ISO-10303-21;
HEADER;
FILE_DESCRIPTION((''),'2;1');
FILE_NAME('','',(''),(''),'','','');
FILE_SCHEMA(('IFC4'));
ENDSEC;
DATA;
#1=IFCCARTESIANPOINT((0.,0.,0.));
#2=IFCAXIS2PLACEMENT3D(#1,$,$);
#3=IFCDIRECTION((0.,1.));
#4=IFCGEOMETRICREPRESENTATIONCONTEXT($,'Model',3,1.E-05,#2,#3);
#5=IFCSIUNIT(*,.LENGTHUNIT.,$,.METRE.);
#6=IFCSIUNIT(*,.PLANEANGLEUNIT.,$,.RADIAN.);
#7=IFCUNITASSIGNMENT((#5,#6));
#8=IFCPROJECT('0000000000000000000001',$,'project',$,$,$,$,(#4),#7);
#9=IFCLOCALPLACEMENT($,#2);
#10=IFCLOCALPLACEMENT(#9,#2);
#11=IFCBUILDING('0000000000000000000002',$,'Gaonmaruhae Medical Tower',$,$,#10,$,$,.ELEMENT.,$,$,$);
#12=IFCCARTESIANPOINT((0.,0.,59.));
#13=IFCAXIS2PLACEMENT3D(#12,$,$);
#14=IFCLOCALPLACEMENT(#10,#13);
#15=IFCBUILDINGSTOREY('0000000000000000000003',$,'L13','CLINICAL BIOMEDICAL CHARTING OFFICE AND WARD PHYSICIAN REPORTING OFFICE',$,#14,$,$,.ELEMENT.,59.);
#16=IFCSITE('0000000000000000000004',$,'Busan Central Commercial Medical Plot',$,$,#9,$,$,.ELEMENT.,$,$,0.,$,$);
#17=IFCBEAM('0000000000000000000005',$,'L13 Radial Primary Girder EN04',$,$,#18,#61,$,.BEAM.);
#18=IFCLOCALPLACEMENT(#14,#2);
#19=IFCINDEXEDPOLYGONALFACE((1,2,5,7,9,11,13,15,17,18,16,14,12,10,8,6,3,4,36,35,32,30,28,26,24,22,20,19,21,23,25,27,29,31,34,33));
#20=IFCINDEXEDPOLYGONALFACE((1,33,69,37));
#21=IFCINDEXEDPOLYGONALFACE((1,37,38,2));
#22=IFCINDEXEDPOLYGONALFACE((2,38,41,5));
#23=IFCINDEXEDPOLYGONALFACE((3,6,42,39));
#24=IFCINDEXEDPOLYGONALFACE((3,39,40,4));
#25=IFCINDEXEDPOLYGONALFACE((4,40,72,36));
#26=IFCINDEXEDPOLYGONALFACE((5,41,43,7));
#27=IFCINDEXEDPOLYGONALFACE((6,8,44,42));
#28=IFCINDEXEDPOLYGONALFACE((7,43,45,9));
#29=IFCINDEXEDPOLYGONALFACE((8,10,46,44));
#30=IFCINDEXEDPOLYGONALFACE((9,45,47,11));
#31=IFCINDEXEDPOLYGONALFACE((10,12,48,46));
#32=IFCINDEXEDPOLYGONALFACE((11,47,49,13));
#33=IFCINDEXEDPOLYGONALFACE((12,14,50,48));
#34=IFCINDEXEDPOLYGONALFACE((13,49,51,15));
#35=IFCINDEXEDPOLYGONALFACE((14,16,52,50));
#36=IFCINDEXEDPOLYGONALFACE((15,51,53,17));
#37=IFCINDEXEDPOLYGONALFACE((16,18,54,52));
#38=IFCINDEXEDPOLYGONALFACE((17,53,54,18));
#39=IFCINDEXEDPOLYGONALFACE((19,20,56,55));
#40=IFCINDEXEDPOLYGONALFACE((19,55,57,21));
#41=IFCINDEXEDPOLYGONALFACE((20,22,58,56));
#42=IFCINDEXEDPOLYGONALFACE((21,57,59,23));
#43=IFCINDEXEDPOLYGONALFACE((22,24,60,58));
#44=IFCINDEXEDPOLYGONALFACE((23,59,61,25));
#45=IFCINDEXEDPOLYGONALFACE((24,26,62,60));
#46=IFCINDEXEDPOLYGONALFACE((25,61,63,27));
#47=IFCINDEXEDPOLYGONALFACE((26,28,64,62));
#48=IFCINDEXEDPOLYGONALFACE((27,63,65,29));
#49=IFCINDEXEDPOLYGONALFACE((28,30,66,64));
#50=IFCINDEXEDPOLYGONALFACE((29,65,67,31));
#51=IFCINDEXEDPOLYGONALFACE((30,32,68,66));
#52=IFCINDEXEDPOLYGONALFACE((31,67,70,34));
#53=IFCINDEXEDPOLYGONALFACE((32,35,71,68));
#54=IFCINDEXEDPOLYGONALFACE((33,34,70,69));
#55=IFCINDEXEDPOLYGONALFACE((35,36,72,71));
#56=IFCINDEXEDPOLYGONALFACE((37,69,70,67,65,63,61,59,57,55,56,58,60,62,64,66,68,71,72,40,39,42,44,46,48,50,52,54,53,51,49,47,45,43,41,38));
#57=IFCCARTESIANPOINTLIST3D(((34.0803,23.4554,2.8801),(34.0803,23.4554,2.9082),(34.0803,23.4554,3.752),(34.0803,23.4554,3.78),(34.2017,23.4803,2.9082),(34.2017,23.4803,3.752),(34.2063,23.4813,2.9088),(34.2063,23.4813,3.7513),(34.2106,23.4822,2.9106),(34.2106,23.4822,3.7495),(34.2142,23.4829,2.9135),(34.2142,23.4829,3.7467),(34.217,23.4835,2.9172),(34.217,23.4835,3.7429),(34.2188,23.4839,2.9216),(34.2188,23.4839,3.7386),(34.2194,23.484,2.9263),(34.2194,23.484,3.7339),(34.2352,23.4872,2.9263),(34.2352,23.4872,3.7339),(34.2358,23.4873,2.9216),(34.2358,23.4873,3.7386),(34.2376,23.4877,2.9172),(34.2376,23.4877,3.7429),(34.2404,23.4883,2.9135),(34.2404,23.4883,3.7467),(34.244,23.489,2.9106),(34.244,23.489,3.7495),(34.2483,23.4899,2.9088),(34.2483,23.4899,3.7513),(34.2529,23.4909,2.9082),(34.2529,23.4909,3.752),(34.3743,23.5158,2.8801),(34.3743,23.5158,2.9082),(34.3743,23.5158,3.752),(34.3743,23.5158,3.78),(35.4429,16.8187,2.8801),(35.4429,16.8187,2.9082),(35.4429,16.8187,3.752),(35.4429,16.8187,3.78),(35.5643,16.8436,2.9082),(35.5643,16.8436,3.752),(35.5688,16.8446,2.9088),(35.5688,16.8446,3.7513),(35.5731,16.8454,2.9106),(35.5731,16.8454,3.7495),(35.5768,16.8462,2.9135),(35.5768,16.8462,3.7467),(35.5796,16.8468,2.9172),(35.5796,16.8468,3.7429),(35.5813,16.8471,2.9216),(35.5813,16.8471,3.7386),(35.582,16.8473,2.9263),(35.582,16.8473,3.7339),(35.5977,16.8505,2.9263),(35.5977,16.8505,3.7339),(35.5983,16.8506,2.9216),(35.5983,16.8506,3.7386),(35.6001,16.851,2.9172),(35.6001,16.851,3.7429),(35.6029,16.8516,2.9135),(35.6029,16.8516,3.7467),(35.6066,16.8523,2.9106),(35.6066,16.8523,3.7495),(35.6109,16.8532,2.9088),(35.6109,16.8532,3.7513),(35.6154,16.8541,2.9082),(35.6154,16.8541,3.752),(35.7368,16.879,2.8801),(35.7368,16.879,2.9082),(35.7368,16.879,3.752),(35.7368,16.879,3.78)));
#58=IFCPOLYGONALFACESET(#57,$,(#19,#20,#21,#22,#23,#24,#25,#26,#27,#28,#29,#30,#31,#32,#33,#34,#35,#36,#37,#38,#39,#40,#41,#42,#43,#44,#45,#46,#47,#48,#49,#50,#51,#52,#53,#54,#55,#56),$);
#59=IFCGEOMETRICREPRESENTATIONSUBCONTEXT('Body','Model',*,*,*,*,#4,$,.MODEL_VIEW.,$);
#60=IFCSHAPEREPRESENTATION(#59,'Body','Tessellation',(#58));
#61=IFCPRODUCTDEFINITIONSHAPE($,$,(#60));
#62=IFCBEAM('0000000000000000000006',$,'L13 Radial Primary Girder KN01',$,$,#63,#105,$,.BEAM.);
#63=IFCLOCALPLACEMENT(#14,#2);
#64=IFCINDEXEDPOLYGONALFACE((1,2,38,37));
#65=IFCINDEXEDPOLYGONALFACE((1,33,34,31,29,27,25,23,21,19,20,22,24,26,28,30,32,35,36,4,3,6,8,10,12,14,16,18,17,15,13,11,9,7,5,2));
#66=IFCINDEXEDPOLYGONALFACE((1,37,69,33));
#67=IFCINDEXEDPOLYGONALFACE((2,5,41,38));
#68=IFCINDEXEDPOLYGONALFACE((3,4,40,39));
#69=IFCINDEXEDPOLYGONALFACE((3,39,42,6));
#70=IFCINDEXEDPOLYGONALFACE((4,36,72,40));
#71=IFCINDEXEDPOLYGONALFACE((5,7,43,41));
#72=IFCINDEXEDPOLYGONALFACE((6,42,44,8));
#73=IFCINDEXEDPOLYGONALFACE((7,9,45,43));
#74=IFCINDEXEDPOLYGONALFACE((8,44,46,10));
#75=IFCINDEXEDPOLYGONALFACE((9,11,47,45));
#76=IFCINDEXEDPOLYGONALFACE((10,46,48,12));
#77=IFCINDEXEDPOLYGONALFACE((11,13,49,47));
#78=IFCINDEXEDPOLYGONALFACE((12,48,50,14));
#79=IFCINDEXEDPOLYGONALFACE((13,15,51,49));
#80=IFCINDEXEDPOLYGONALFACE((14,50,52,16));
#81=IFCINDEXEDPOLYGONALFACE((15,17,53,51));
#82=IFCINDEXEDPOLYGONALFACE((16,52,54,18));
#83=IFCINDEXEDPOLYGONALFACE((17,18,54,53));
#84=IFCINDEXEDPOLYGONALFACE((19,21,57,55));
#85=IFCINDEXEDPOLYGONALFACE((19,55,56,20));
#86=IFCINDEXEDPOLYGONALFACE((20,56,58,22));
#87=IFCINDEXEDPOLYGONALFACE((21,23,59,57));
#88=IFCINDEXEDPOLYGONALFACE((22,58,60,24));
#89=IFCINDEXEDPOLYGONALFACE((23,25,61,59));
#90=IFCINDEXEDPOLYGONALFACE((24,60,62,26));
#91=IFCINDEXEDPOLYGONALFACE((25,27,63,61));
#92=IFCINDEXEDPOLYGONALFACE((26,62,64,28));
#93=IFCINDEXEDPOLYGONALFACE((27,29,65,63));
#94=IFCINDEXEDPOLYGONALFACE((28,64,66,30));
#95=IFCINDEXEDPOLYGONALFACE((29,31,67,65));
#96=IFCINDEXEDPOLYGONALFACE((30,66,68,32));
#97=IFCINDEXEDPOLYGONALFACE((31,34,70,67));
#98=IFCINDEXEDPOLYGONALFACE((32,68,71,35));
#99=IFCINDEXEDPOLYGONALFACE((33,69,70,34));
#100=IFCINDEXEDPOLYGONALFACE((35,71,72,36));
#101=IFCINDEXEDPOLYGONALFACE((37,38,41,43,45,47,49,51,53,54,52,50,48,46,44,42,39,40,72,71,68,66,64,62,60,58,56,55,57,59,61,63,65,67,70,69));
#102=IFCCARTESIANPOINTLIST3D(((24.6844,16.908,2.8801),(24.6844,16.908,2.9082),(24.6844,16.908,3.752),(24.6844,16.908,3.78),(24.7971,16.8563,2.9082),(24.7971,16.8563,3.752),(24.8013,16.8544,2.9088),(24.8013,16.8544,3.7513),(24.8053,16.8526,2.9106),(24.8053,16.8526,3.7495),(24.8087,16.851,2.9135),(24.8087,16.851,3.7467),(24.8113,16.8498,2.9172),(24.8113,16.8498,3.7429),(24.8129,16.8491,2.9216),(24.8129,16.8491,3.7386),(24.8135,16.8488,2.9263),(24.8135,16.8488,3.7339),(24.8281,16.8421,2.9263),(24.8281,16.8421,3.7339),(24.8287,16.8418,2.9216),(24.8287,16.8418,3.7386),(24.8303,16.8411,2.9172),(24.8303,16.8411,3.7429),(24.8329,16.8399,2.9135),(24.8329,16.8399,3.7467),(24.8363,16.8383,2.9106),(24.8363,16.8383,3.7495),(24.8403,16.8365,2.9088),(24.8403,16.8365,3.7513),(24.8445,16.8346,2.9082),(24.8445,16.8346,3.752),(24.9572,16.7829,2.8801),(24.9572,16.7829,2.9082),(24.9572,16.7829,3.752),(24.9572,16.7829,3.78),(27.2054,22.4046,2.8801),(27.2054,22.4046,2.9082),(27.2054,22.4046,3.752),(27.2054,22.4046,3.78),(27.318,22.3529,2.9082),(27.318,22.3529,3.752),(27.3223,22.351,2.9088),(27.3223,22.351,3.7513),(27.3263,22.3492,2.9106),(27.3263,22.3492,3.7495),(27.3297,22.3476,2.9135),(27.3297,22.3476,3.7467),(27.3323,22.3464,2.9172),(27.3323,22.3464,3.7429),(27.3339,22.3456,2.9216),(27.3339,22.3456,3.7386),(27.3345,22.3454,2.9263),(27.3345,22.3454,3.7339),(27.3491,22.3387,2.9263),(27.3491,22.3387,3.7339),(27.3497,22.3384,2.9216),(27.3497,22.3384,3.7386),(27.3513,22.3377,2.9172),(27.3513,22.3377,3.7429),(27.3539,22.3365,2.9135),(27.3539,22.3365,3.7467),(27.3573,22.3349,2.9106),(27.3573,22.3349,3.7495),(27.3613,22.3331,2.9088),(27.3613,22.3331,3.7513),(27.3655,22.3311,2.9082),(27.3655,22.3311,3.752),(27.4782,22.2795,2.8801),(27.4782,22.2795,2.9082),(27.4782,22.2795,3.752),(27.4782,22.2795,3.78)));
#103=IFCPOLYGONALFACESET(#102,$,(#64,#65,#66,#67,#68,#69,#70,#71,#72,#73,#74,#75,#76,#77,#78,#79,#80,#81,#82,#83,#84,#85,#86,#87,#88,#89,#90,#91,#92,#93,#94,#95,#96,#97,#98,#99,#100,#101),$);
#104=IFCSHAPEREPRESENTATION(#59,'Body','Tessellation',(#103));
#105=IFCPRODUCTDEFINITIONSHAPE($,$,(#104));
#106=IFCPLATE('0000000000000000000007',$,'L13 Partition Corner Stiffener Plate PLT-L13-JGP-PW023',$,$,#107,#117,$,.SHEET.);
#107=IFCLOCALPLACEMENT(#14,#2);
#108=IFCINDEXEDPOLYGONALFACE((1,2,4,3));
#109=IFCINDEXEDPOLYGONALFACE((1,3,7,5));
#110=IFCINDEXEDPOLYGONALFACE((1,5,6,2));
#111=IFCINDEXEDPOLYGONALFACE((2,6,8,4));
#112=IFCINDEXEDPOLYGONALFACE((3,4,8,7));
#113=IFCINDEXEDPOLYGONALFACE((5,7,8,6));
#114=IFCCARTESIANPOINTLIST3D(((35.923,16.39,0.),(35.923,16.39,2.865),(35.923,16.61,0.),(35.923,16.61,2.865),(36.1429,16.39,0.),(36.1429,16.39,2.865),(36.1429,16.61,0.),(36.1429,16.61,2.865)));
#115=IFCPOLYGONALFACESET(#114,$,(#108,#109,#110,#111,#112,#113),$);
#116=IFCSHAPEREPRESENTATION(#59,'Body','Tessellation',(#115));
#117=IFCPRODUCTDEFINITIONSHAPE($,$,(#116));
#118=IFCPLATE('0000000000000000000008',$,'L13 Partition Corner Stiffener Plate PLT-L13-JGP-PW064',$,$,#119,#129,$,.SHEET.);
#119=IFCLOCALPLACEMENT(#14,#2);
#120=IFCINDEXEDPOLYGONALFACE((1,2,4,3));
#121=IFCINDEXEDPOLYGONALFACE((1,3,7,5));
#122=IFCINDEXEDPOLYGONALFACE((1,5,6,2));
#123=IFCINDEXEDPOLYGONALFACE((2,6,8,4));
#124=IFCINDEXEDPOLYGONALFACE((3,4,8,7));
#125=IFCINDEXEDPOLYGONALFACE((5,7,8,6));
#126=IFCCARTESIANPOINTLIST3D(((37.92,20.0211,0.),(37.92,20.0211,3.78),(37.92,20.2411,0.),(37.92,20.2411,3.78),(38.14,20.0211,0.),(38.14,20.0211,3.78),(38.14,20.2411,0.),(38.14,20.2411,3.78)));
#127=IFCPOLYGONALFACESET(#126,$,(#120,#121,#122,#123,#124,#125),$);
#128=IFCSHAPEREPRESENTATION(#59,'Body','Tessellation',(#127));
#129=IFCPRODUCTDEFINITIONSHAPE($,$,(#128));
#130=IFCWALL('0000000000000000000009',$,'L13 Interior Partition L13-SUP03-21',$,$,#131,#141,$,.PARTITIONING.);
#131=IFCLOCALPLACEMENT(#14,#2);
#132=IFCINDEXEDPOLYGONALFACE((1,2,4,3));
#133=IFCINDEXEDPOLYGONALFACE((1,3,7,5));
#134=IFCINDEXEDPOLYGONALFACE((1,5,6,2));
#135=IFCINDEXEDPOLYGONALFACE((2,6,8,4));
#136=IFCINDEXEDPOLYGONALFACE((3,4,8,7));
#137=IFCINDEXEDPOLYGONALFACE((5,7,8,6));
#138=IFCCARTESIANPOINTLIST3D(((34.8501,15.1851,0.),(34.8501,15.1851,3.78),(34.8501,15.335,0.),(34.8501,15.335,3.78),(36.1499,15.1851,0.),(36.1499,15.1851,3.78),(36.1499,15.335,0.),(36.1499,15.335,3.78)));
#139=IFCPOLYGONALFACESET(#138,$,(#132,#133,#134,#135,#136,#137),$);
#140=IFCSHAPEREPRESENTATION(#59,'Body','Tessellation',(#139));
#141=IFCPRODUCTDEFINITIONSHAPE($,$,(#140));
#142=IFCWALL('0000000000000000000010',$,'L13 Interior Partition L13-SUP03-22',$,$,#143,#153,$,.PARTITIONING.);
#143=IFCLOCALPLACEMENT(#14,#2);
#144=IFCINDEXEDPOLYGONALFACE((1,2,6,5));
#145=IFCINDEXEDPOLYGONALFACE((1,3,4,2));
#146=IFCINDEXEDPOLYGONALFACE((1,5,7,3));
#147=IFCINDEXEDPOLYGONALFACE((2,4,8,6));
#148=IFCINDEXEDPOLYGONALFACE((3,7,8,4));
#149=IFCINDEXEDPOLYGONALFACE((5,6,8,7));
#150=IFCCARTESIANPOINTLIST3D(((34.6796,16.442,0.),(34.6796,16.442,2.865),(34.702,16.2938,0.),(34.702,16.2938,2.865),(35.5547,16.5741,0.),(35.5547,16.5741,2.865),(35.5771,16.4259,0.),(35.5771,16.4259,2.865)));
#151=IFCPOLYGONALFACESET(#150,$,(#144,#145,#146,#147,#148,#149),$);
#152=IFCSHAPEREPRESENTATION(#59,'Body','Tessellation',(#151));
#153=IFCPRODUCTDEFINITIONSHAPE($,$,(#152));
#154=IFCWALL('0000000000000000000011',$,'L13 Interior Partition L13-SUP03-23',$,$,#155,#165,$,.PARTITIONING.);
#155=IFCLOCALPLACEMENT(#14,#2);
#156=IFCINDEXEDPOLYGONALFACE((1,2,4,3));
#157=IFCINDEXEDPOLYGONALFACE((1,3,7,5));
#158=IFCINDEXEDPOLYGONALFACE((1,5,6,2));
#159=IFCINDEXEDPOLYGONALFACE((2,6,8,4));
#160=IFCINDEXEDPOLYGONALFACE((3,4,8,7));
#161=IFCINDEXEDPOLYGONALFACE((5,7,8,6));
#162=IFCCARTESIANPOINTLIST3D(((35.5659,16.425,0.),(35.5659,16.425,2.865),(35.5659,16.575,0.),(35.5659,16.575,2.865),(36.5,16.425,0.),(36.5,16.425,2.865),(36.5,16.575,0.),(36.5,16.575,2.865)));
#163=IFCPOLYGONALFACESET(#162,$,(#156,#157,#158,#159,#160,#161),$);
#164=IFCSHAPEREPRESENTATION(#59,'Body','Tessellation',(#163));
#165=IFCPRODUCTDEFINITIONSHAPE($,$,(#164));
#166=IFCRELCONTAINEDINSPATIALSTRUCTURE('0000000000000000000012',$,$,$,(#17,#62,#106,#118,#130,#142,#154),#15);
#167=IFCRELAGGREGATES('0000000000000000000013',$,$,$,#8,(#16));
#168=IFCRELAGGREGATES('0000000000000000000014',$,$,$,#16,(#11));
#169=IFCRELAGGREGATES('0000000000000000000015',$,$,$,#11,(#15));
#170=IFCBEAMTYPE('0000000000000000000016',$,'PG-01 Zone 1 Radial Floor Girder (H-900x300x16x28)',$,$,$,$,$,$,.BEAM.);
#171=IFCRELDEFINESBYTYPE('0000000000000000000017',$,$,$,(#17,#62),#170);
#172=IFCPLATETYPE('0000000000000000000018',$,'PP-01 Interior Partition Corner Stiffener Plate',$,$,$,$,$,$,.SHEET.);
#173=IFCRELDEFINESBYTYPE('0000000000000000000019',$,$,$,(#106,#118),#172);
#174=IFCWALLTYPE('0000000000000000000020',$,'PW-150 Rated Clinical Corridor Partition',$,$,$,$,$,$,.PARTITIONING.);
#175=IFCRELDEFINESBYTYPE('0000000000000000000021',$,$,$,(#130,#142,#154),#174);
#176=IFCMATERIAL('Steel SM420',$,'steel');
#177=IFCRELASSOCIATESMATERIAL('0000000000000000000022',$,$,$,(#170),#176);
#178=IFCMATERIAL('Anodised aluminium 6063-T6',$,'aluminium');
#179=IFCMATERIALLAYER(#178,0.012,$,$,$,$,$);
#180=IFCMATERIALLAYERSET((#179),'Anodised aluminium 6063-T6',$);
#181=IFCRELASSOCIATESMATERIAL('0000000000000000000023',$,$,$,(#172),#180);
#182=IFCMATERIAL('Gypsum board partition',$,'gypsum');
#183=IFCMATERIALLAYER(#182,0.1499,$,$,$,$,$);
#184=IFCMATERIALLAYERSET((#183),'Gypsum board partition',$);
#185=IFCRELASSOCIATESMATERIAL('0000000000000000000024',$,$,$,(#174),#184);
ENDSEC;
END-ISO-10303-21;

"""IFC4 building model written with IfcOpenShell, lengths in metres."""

from ifc_helpers import new_model, si_unit, direction, frame, frame_2d, origin, origin_2d, place, context, subcontext, project, spatial, rectangle, i_section, extrude, material, layer, layer_set, material_profile, profile_set, type_object, element, save


model = new_model("IFC4")

# Units and contexts
model_context = context("Model", 3, precision=1e-05, world=origin(), true_north=direction((0.0, 1.0)))
body_context = subcontext(model_context, "Body", "Model", "MODEL_VIEW")
ifc_project = project(units=[si_unit("LENGTHUNIT", "METRE"), si_unit("PLANEANGLEUNIT", "RADIAN")], contexts=[model_context])

# Site, building, storey
site_placement = place(None, origin())
site = spatial("IfcSite", under=ifc_project, at=site_placement, Name="Busan Central Commercial Medical Plot", CompositionType="ELEMENT", RefElevation=0.0)
building_placement = place(site_placement, origin())
building = spatial("IfcBuilding", under=site, at=building_placement, Name="Gaonmaruhae Medical Tower", CompositionType="ELEMENT")
storey_placement = place(building_placement, frame((0.0, 0.0, 59.0)))
storey = spatial("IfcBuildingStorey", under=building, at=storey_placement, Name="L13", Description="CLINICAL BIOMEDICAL CHARTING OFFICE AND WARD PHYSICIAN REPORTING OFFICE", CompositionType="ELEMENT", Elevation=59.0)

# Beams
ifc_material_1 = material(Name="Steel SM420", Category="steel")
ifc_material_profile_1 = material_profile(ifc_material_1, i_section(OverallWidth=0.3, OverallDepth=0.8999, WebThickness=0.0161, FlangeThickness=0.0281, FilletRadius=0.0181, at=origin_2d()), Name="H-900x300x16x28")
ifc_profile_set_1 = profile_set([ifc_material_profile_1], Name="Steel SM420")
beam_type_1 = type_object("IfcBeamType", Name="PG-01 Zone 1 Radial Floor Girder (H-900x300x16x28)", PredefinedType="BEAM", material=ifc_profile_set_1)
beam_1_placement = place(storey_placement, frame((35.5898, 16.8489, 3.3301), z_axis=(-0.20111, 0.979569, 0.0), x_axis=(-0.979569, -0.20111, 0.0)))
element("IfcBeam", 1, at=beam_1_placement, inside=storey, type_object=beam_type_1, Name="L13 Radial Primary Girder EN04", PredefinedType="BEAM", context=body_context, shape_type="SweptSolid", body=[
    extrude(i_section(OverallWidth=0.3, OverallDepth=0.8999, WebThickness=0.0161, FlangeThickness=0.0281, FilletRadius=0.0181, at=origin_2d()), origin(), (0.0, 0.0, 1.0), 6.7751),
])
beam_2_placement = place(storey_placement, frame((24.8208, 16.8455, 3.3301), z_axis=(0.416891, 0.908956, 0.0), x_axis=(-0.908956, 0.416891, 0.0)))
element("IfcBeam", 2, at=beam_2_placement, inside=storey, type_object=beam_type_1, Name="L13 Radial Primary Girder KN01", PredefinedType="BEAM", context=body_context, shape_type="SweptSolid", body=[
    extrude(i_section(OverallWidth=0.3, OverallDepth=0.8999, WebThickness=0.0161, FlangeThickness=0.0281, FilletRadius=0.0181, at=origin_2d()), origin(), (0.0, 0.0, 1.0), 6.0471),
])

# Plates
ifc_material_2 = material(Name="Anodised aluminium 6063-T6", Category="aluminium")
ifc_layer_1 = layer(ifc_material_2, 0.012)
ifc_layer_set_1 = layer_set([ifc_layer_1], Name="Anodised aluminium 6063-T6")
plate_type = type_object("IfcPlateType", Name="PP-01 Interior Partition Corner Stiffener Plate", PredefinedType="SHEET", material=ifc_layer_set_1)
plate_1_placement = place(storey_placement, frame((36.033, 16.5, 0.0), z_axis=(0.0, 0.0, 1.0), x_axis=(1.0, 0.0, 0.0)))
element("IfcPlate", 3, at=plate_1_placement, inside=storey, type_object=plate_type, Name="L13 Partition Corner Stiffener Plate PLT-L13-JGP-PW023", PredefinedType="SHEET", context=body_context, shape_type="SweptSolid", body=[
    extrude(rectangle(XDim=0.22, YDim=0.22, at=origin_2d()), origin(), (0.0, 0.0, 1.0), 2.865),
])
plate_2_placement = place(storey_placement, frame((38.03, 20.1311, 0.0), z_axis=(0.0, 0.0, 1.0), x_axis=(0.0, 1.0, 0.0)))
element("IfcPlate", 4, at=plate_2_placement, inside=storey, type_object=plate_type, Name="L13 Partition Corner Stiffener Plate PLT-L13-JGP-PW064", PredefinedType="SHEET", context=body_context, shape_type="SweptSolid", body=[
    extrude(rectangle(XDim=0.22, YDim=0.22, at=origin_2d()), origin(), (0.0, 0.0, 1.0), 3.78),
])

# Walls
ifc_material_3 = material(Name="Gypsum board partition", Category="gypsum")
ifc_layer_2 = layer(ifc_material_3, 0.1499)
ifc_layer_set_2 = layer_set([ifc_layer_2], Name="Gypsum board partition")
wall_type_1 = type_object("IfcWallType", Name="PW-150 Rated Clinical Corridor Partition", PredefinedType="PARTITIONING", material=ifc_layer_set_2)
wall_1_placement = place(storey_placement, frame((36.1499, 15.26, 0.0), z_axis=(0.0, 0.0, 1.0), x_axis=(-1.0, 0.0, 0.0)))
element("IfcWall", 5, at=wall_1_placement, inside=storey, type_object=wall_type_1, Name="L13 Interior Partition L13-SUP03-21", PredefinedType="PARTITIONING", context=body_context, shape_type="SweptSolid", body=[
    extrude(rectangle(XDim=1.2998, YDim=0.1499, at=frame_2d((0.6499, 0.0))), origin(), (0.0, 0.0, 1.0), 3.78),
])
wall_2_placement = place(storey_placement, frame((34.6909, 16.3679, 0.0), z_axis=(0.0, 0.0, 1.0), x_axis=(0.988798, 0.149258, 0.0)))
element("IfcWall", 6, at=wall_2_placement, inside=storey, type_object=wall_type_1, Name="L13 Interior Partition L13-SUP03-22", PredefinedType="PARTITIONING", context=body_context, shape_type="SweptSolid", body=[
    extrude(rectangle(XDim=0.885, YDim=0.1499, at=frame_2d((0.4424, 0.0))), origin(), (0.0, 0.0, 1.0), 2.865),
])
wall_3_placement = place(storey_placement, frame((35.5659, 16.5, 0.0), z_axis=(0.0, 0.0, 1.0), x_axis=(1.0, 0.0, 0.0)))
element("IfcWall", 7, at=wall_3_placement, inside=storey, type_object=wall_type_1, Name="L13 Interior Partition L13-SUP03-23", PredefinedType="PARTITIONING", context=body_context, shape_type="SweptSolid", body=[
    extrude(rectangle(XDim=0.9341, YDim=0.1499, at=frame_2d((0.467, 0.0))), origin(), (0.0, 0.0, 1.0), 2.865),
])

save(model, "model.ifc")
